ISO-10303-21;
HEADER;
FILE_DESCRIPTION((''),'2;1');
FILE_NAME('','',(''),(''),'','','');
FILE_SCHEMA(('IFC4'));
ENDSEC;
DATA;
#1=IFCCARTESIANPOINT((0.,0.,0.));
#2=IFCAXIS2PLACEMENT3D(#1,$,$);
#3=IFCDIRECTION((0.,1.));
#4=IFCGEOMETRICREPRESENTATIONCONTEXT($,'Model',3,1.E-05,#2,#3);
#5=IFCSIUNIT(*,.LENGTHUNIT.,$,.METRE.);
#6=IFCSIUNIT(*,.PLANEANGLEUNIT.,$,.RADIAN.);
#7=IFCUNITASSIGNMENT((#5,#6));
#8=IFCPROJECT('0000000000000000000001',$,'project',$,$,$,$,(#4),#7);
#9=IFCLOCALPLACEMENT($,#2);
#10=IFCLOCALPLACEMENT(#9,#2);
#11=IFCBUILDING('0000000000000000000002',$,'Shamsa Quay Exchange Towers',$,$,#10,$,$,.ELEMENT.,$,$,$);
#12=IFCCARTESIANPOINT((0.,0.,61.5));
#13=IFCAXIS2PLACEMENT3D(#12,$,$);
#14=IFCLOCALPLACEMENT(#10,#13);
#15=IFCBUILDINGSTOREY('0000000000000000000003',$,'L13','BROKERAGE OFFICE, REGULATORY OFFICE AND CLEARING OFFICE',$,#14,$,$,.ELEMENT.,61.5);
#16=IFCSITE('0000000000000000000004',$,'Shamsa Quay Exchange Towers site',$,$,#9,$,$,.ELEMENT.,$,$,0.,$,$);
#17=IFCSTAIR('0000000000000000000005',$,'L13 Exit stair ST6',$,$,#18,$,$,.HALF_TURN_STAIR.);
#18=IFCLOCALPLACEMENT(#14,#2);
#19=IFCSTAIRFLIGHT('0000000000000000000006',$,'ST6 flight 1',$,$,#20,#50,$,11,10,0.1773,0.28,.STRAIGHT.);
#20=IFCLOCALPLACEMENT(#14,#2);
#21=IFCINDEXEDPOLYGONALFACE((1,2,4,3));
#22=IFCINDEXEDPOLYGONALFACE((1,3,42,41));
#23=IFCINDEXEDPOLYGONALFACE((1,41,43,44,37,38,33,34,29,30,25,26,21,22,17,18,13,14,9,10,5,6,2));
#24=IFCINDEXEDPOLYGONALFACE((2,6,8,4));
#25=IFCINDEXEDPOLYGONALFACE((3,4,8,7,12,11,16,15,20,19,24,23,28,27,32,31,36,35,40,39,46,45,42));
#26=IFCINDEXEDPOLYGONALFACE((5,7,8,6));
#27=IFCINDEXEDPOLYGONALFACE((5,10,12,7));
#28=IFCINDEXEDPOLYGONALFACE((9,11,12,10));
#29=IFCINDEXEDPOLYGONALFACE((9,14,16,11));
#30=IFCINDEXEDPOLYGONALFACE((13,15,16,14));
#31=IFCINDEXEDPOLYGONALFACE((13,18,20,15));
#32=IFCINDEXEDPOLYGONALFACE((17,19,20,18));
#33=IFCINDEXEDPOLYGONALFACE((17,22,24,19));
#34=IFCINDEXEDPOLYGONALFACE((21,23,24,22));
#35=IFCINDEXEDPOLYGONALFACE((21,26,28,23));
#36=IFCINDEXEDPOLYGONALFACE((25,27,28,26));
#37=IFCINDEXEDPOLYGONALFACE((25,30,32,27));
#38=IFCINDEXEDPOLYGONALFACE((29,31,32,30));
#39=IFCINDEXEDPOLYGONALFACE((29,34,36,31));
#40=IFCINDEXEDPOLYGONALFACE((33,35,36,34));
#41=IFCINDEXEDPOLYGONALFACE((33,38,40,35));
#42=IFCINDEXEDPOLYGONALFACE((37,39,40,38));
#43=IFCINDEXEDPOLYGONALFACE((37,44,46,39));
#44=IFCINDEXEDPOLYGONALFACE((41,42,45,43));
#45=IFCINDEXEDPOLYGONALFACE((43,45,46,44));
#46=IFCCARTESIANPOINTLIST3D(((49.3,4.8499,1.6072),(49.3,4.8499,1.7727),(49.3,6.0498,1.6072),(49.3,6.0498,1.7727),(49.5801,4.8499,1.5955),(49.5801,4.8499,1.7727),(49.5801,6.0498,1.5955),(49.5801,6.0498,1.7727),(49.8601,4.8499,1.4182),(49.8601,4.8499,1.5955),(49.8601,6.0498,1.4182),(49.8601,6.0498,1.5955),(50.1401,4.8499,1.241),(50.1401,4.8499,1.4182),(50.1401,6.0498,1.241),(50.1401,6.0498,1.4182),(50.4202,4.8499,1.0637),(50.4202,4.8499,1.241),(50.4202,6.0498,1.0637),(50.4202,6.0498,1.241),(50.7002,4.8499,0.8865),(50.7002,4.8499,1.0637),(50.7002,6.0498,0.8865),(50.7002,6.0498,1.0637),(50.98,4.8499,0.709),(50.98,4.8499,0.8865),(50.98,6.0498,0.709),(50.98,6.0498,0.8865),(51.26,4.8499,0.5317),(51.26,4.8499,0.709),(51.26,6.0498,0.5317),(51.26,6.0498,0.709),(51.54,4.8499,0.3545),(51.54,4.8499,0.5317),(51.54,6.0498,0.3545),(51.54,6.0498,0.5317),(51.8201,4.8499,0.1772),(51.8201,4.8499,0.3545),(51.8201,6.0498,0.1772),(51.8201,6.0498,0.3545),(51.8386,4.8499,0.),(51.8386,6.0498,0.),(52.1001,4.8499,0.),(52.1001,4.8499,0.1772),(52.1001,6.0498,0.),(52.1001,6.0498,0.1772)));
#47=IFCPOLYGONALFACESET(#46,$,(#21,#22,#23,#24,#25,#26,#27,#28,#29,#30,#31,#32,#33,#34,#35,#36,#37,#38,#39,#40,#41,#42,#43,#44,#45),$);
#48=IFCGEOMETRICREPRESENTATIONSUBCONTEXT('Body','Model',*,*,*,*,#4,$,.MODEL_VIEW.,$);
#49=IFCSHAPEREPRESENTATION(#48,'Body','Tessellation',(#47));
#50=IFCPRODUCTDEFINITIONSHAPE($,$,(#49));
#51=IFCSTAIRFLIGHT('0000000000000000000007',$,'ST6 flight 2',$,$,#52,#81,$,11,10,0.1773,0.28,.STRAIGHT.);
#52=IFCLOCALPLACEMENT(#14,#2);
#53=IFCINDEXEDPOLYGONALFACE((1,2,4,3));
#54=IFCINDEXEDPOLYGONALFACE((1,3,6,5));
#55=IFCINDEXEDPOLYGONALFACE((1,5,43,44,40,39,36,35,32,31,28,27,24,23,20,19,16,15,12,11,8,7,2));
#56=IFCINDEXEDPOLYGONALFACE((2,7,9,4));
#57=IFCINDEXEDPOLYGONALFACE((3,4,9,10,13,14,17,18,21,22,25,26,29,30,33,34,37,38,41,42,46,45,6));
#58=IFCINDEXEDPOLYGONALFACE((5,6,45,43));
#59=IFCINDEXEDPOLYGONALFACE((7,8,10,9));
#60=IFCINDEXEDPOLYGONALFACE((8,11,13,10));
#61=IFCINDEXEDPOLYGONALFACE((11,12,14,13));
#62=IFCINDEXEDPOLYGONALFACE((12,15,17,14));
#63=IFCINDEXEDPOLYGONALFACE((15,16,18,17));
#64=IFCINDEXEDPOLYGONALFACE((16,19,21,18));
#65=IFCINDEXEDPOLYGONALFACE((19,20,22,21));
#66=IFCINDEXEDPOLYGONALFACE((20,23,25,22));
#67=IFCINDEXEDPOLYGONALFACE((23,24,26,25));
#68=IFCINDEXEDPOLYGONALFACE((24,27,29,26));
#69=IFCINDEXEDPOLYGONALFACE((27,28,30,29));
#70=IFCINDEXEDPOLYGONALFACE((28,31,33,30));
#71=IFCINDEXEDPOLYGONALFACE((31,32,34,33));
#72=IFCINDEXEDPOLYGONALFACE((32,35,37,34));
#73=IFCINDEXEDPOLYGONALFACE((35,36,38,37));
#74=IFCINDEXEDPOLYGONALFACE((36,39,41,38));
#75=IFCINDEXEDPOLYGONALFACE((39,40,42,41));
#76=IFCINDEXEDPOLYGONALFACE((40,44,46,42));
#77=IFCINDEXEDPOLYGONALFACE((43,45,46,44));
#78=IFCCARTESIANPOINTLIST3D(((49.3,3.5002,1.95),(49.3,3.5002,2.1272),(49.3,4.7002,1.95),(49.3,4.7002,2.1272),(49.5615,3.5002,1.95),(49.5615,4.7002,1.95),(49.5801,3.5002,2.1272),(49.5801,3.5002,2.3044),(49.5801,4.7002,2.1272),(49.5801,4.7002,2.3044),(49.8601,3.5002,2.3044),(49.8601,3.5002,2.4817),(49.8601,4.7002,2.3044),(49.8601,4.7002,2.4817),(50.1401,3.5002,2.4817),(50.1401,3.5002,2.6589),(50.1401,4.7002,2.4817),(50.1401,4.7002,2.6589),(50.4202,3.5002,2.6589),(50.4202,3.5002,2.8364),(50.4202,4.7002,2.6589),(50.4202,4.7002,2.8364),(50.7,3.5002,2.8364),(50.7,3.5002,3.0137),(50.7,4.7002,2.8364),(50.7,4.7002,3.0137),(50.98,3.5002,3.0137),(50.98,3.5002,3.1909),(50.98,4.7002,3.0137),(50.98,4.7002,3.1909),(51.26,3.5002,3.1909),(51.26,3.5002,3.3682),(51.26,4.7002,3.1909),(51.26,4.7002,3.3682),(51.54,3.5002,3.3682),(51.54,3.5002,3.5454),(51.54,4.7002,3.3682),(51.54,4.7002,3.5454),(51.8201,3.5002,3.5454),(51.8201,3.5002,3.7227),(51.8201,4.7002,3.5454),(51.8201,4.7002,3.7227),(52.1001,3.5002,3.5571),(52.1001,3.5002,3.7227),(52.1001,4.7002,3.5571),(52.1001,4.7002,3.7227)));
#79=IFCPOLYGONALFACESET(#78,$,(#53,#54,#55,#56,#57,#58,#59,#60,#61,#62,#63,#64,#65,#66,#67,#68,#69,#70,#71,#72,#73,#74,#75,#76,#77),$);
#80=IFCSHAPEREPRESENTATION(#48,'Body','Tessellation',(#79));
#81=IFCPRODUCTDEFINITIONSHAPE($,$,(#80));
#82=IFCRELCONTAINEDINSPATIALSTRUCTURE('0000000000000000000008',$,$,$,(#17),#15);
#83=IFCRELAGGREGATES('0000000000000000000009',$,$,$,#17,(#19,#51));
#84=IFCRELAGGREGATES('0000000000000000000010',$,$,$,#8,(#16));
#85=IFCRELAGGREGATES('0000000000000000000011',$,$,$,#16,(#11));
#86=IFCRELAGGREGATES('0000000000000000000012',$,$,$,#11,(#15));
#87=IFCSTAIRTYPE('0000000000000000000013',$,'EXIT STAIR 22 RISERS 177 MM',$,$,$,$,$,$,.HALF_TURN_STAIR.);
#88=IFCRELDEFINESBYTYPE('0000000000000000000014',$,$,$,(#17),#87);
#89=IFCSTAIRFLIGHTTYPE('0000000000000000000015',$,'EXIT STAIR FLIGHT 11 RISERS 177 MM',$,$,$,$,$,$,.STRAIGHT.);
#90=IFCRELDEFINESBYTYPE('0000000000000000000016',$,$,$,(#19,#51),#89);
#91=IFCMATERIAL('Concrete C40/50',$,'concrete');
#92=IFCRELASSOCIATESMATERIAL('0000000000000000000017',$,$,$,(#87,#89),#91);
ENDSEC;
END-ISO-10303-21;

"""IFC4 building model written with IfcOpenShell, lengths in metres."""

from ifc_helpers import new_model, si_unit, direction, frame, origin, place, context, subcontext, project, spatial, polyline, outline, extrude, material, type_object, element, aggregate, save


model = new_model("IFC4")

# Units and contexts
model_context = context("Model", 3, precision=1e-05, world=origin(), true_north=direction((0.0, 1.0)))
body_context = subcontext(model_context, "Body", "Model", "MODEL_VIEW")
ifc_project = project(units=[si_unit("LENGTHUNIT", "METRE"), si_unit("PLANEANGLEUNIT", "RADIAN")], contexts=[model_context])

# Site, building, storey
site_placement = place(None, origin())
site = spatial("IfcSite", under=ifc_project, at=site_placement, Name="Shamsa Quay Exchange Towers site", CompositionType="ELEMENT", RefElevation=0.0)
building_placement = place(site_placement, origin())
building = spatial("IfcBuilding", under=site, at=building_placement, Name="Shamsa Quay Exchange Towers", CompositionType="ELEMENT")
storey_placement = place(building_placement, frame((0.0, 0.0, 61.5)))
storey = spatial("IfcBuildingStorey", under=building, at=storey_placement, Name="L13", Description="BROKERAGE OFFICE, REGULATORY OFFICE AND CLEARING OFFICE", CompositionType="ELEMENT", Elevation=61.5)

# Stair, stair flights
ifc_material_1 = material(Name="Concrete C40/50", Category="concrete")
stair_type = type_object("IfcStairType", Name="EXIT STAIR 22 RISERS 177 MM", PredefinedType="HALF_TURN_STAIR", material=ifc_material_1)
stair_placement = place(storey_placement, origin())
stair = element("IfcStair", 1, at=stair_placement, inside=storey, type_object=stair_type, Name="L13 Exit stair ST6", PredefinedType="HALF_TURN_STAIR")
stair_flight_type = type_object("IfcStairFlightType", Name="EXIT STAIR FLIGHT 11 RISERS 177 MM", PredefinedType="STRAIGHT", material=ifc_material_1)
stair_flight_1_placement = place(storey_placement, frame((52.1001, 5.45, 0.0), z_axis=(0.0, 0.0, 1.0), x_axis=(-1.0, 0.0, 0.0)))
stair_flight_1 = element("IfcStairFlight", 2, at=stair_flight_1_placement, type_object=stair_flight_type, Name="ST6 flight 1", NumberOfRisers=11, NumberOfTreads=10, PredefinedType="STRAIGHT", RiserHeight=0.1773, TreadLength=0.28, context=body_context, shape_type="SweptSolid", body=[
    extrude(outline(polyline([(0.0, 0.0), (0.0, 0.1772), (0.28, 0.1772), (0.28, 0.3545), (0.5601, 0.3545), (0.5601, 0.5317), (0.8401, 0.5317), (0.8401, 0.709), (1.1201, 0.709), (1.1201, 0.8865), (1.3999, 0.8865), (1.3999, 1.0637), (1.6799, 1.0637), (1.6799, 1.241), (1.96, 1.241), (1.96, 1.4182), (2.24, 1.4182), (2.24, 1.5955), (2.52, 1.5955), (2.52, 1.7727), (2.8, 1.7727), (2.8, 1.95), (2.8, 1.6072), (0.2615, 0.0), (0.0, 0.0)])), frame((0.0, 0.6001, 0.0), z_axis=(0.0, -1.0, 0.0), x_axis=(1.0, 0.0, 0.0)), (0.0, 0.0, 1.0), 1.2),
])
stair_flight_2_placement = place(storey_placement, frame((49.3, 4.1001, 1.95)))
stair_flight_2 = element("IfcStairFlight", 3, at=stair_flight_2_placement, type_object=stair_flight_type, Name="ST6 flight 2", NumberOfRisers=11, NumberOfTreads=10, PredefinedType="STRAIGHT", RiserHeight=0.1773, TreadLength=0.28, context=body_context, shape_type="SweptSolid", body=[
    extrude(outline(polyline([(0.0, 0.0), (0.0, 0.1772), (0.28, 0.1772), (0.28, 0.3545), (0.5601, 0.3545), (0.5601, 0.5317), (0.8401, 0.5317), (0.8401, 0.709), (1.1201, 0.709), (1.1201, 0.8865), (1.3999, 0.8865), (1.3999, 1.0637), (1.6799, 1.0637), (1.6799, 1.241), (1.96, 1.241), (1.96, 1.4182), (2.24, 1.4182), (2.24, 1.5955), (2.52, 1.5955), (2.52, 1.7727), (2.8, 1.7727), (2.8, 1.95), (2.8, 1.6072), (0.2615, 0.0), (0.0, 0.0)])), frame((0.0, 0.6001, 0.0), z_axis=(0.0, -1.0, 0.0), x_axis=(1.0, 0.0, 0.0)), (0.0, 0.0, 1.0), 1.2),
])
aggregate(stair, [stair_flight_1, stair_flight_2])

save(model, "model.ifc")
